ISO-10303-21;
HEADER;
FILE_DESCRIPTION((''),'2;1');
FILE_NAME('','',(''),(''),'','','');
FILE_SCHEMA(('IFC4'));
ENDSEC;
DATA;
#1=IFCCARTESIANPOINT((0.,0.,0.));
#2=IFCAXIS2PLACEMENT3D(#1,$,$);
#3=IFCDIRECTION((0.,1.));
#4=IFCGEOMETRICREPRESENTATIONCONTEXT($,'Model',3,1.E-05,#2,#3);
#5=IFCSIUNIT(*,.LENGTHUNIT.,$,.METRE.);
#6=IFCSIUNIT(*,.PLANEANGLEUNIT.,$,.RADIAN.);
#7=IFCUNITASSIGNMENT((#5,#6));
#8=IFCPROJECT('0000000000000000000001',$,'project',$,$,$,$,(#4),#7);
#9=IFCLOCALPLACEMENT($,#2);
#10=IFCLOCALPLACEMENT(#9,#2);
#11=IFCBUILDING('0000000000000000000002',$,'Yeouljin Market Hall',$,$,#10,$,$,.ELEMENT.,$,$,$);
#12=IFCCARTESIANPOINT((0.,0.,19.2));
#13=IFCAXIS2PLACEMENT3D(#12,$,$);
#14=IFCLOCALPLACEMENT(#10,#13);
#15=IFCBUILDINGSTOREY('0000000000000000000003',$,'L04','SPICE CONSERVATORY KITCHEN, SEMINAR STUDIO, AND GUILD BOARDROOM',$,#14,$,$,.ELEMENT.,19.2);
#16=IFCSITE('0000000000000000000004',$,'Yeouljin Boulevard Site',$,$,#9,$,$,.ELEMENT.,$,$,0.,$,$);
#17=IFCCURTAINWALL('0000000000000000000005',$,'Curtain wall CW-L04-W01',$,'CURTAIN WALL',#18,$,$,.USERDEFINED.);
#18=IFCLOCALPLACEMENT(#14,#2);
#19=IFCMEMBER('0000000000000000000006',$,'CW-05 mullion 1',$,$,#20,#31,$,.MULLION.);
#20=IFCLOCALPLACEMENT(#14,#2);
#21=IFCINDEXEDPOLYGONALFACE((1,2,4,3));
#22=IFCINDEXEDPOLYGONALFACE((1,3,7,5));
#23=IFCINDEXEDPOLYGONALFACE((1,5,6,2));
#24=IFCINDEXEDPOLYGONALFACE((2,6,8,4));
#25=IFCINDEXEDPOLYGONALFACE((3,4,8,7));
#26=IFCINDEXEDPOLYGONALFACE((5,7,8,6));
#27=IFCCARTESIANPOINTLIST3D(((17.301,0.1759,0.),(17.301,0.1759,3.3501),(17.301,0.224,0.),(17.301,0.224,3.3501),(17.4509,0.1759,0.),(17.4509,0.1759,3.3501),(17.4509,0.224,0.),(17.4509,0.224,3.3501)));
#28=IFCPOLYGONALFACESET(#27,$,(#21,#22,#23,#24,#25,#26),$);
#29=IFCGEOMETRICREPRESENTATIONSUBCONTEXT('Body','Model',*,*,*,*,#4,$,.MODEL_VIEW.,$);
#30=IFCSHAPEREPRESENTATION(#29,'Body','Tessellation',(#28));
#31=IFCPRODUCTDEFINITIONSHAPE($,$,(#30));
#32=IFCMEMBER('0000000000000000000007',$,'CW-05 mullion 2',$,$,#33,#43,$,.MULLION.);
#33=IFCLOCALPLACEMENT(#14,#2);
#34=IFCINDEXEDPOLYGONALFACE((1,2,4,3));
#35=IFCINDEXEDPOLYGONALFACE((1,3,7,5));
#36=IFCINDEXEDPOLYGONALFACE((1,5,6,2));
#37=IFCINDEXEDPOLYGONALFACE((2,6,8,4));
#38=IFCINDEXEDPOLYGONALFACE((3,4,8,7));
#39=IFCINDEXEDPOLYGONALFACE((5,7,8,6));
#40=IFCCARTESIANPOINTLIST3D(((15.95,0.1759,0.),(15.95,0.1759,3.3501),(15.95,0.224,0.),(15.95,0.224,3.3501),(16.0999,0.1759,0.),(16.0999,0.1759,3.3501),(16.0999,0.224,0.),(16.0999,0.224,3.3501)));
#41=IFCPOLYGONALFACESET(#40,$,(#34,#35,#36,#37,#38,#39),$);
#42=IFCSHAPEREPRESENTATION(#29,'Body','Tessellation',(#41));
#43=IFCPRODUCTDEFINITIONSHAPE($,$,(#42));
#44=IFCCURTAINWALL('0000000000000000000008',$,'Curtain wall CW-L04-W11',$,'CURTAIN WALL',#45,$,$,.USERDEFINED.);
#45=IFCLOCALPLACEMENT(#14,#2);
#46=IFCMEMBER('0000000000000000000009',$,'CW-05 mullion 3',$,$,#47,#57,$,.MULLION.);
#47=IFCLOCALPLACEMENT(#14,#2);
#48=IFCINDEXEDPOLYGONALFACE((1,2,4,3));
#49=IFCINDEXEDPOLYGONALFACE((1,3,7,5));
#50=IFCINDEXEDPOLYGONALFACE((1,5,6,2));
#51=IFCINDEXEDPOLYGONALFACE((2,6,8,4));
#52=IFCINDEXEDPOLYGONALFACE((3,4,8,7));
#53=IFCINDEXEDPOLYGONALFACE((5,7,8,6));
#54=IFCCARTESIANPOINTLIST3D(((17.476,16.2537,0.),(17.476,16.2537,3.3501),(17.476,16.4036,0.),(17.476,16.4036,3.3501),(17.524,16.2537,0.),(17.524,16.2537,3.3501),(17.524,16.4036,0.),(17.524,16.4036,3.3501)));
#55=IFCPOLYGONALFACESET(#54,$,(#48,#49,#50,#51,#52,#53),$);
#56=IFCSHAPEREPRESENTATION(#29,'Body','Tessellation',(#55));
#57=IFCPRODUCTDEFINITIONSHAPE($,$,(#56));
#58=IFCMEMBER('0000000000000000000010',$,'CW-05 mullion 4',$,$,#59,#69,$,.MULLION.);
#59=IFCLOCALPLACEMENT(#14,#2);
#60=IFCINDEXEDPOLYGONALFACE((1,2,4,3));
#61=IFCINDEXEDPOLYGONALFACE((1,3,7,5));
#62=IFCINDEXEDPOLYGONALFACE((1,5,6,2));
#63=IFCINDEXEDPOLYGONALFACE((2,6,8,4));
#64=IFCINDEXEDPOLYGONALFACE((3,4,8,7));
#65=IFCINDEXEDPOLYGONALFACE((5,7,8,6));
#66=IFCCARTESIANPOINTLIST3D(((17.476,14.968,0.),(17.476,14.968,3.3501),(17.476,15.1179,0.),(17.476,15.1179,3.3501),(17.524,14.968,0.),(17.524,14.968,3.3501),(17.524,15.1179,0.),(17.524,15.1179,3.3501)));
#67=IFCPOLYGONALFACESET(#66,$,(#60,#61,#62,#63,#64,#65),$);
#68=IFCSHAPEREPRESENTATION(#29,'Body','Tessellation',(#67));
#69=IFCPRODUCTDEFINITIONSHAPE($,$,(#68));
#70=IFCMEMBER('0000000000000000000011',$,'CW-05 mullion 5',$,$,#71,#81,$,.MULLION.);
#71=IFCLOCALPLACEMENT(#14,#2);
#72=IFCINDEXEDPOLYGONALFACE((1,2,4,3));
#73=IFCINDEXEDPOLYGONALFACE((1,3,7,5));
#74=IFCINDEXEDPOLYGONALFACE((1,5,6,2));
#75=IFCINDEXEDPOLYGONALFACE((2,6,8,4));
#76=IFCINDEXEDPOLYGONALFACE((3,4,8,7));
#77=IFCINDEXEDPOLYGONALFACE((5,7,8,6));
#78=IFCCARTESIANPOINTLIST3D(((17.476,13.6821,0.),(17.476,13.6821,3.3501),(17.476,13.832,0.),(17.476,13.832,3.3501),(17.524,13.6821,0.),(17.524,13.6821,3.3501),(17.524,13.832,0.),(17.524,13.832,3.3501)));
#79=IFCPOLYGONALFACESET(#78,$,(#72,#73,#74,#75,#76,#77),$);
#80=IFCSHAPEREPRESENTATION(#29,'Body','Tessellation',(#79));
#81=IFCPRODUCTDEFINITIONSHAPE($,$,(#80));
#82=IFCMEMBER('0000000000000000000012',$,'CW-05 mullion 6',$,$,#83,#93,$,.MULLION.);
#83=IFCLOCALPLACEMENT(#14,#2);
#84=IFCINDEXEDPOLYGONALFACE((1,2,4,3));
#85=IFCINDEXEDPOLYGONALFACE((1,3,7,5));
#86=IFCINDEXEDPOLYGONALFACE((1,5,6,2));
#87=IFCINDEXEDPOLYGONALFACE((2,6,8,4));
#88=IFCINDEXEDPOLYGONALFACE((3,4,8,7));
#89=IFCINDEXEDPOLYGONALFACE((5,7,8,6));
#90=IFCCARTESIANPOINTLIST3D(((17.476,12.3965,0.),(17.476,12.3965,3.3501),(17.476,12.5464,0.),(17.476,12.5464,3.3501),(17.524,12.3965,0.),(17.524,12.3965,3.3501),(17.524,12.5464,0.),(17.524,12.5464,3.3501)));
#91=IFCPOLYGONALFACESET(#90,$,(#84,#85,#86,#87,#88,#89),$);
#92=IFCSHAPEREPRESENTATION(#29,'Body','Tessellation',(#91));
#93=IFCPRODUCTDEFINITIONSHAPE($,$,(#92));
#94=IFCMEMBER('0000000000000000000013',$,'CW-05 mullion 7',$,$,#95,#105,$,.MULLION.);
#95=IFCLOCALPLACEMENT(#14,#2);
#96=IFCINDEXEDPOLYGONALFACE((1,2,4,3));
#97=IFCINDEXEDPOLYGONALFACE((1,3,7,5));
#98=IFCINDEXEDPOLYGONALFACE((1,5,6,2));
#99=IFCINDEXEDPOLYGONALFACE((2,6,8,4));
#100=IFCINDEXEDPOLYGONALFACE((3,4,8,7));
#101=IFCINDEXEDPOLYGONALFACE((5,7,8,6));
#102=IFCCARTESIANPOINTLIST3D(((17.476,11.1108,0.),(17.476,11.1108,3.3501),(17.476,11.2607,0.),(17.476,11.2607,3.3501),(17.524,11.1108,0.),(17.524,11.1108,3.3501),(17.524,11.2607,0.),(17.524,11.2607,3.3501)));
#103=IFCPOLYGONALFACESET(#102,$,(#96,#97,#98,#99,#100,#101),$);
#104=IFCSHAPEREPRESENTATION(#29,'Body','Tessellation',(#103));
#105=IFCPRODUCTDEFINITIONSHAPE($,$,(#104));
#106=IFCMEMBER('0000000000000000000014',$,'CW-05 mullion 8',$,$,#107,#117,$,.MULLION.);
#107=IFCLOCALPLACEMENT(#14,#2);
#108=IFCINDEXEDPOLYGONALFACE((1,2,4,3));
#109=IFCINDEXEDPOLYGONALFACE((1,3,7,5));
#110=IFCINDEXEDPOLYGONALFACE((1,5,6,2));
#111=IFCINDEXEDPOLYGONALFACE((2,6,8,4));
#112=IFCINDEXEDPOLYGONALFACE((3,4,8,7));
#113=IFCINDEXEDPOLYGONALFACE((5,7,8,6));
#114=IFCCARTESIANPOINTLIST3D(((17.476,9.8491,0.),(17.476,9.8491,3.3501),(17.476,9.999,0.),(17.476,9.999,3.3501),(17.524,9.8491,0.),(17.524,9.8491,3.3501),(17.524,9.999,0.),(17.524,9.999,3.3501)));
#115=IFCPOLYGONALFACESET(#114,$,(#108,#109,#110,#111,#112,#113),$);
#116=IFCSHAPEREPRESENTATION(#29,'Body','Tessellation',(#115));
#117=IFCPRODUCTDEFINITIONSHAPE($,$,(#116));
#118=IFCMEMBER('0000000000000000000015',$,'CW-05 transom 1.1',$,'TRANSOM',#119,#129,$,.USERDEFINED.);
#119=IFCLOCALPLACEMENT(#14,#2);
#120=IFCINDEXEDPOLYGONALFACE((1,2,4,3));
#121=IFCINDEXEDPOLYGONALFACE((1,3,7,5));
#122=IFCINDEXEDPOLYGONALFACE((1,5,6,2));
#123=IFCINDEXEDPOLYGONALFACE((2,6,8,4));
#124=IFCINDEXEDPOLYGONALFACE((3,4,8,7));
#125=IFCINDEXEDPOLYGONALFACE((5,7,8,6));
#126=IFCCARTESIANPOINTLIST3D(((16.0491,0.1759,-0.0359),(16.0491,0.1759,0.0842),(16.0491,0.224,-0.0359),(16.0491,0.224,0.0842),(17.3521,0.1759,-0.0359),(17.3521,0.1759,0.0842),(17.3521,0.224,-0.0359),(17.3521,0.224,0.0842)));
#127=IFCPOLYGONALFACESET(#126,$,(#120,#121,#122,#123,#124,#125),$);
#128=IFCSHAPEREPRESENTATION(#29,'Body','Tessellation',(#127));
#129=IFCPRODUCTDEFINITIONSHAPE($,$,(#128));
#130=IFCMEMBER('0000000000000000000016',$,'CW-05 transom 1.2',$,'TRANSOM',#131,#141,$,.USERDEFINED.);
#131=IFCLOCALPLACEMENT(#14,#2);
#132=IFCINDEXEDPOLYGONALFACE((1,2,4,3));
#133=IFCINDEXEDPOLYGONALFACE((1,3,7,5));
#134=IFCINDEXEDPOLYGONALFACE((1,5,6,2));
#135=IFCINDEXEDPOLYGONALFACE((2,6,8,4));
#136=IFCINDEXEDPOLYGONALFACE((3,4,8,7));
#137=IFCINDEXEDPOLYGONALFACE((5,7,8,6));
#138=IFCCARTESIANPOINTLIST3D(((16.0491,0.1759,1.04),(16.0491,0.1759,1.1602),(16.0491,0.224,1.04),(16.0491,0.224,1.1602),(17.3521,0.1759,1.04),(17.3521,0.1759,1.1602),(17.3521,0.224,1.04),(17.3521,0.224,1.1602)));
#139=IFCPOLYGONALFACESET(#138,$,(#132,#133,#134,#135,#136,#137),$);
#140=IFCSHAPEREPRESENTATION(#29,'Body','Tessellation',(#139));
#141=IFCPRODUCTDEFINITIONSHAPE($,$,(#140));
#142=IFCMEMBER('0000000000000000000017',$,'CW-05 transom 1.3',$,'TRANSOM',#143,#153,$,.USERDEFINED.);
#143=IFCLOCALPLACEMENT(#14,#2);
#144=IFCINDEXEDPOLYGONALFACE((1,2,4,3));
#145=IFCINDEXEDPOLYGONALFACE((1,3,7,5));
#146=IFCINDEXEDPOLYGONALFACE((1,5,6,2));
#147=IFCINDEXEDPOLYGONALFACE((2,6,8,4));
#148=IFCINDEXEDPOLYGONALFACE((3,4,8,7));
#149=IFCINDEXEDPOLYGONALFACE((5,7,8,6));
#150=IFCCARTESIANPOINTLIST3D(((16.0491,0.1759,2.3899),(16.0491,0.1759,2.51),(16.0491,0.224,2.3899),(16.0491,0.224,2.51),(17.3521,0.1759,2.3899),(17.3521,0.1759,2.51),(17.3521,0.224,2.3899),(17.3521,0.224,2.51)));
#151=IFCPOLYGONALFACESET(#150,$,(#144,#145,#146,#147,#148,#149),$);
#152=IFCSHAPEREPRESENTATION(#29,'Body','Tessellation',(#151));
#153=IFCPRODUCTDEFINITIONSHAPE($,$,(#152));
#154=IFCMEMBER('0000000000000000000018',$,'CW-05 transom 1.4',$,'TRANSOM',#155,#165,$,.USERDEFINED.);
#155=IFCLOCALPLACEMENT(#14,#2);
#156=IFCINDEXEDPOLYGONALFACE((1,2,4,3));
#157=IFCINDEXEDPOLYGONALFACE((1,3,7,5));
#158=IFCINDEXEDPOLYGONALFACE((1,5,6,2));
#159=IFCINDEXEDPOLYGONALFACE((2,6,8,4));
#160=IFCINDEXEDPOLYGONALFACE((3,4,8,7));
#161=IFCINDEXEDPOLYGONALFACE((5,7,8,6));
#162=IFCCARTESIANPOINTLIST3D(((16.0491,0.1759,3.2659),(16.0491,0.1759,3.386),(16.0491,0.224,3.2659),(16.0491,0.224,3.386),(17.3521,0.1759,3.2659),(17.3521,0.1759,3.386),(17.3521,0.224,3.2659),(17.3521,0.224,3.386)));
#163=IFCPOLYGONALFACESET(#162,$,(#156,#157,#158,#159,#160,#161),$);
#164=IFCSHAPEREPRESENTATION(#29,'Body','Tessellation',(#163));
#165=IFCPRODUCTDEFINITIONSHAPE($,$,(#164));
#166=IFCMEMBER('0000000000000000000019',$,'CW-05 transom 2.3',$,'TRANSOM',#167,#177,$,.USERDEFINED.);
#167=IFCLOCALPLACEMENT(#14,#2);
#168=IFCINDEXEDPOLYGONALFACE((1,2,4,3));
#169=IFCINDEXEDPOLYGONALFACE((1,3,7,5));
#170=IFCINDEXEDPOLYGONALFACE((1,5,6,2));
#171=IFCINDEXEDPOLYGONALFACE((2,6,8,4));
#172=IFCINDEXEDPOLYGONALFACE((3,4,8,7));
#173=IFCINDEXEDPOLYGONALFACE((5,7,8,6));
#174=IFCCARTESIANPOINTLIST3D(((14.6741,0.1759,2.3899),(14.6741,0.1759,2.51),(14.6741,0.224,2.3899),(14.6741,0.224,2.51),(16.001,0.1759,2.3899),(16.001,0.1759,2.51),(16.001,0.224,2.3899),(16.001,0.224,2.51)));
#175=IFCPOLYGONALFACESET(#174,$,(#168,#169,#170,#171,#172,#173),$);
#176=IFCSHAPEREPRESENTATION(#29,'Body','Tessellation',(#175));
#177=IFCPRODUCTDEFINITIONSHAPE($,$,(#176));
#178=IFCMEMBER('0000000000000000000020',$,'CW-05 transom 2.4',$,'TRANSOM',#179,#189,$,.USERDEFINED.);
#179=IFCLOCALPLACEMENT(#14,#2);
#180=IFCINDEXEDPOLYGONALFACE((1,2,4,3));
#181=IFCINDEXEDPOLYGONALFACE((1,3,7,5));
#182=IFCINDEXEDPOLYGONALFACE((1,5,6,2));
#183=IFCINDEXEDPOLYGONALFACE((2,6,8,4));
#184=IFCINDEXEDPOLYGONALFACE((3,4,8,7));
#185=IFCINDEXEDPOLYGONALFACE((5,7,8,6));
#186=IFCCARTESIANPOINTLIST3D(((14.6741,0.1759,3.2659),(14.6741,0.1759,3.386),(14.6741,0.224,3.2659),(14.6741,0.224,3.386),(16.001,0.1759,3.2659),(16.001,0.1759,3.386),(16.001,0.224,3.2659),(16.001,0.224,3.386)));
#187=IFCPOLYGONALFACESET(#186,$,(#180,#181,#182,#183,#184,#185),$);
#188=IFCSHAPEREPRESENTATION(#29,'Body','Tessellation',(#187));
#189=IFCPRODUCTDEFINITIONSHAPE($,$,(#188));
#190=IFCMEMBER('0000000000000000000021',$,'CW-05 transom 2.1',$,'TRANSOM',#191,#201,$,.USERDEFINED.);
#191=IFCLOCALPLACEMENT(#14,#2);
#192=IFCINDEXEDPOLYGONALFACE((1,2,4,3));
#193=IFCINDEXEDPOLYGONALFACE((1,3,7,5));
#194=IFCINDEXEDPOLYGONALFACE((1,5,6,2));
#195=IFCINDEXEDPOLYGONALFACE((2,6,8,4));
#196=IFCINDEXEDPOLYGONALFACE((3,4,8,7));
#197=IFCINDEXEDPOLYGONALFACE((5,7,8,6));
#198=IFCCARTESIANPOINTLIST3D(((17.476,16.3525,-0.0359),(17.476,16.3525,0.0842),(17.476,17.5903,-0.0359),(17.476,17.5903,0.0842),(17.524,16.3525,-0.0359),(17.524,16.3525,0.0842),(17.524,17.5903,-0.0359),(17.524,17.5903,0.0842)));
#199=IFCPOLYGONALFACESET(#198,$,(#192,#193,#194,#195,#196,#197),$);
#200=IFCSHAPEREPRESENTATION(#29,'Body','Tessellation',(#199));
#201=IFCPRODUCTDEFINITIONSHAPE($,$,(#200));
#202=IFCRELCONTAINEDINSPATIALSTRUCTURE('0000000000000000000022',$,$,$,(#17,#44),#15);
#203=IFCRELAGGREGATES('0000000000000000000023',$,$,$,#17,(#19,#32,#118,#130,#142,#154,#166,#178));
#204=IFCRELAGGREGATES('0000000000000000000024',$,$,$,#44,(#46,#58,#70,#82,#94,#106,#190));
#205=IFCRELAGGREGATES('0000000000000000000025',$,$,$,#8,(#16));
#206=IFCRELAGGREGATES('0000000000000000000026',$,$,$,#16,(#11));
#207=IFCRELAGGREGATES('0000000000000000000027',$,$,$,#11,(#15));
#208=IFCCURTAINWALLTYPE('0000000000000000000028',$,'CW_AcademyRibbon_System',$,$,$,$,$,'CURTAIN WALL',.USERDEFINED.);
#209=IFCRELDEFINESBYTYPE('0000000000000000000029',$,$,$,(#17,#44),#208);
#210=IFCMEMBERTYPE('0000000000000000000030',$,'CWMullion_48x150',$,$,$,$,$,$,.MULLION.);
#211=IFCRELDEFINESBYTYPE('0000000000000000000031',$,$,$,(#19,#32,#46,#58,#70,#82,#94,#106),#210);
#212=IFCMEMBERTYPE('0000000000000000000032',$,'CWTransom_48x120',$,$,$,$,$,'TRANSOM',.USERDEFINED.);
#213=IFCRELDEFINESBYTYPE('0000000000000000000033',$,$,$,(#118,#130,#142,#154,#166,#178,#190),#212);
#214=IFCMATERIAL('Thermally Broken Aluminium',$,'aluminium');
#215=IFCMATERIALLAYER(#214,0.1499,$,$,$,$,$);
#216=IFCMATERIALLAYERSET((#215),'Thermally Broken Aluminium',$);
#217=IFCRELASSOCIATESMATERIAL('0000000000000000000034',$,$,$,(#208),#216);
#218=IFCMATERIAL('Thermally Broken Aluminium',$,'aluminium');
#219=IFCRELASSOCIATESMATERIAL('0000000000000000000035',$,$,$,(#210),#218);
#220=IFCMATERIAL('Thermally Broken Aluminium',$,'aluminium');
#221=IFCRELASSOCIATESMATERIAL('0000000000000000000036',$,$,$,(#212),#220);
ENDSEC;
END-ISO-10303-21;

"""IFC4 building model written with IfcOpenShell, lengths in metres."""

from ifc_helpers import new_model, si_unit, direction, frame, origin, origin_2d, place, context, subcontext, project, spatial, rectangle, extrude, material, layer, layer_set, material_profile, profile_set, type_object, element, aggregate, save


model = new_model("IFC4")

# Units and contexts
model_context = context("Model", 3, precision=1e-05, world=origin(), true_north=direction((0.0, 1.0)))
body_context = subcontext(model_context, "Body", "Model", "MODEL_VIEW")
ifc_project = project(units=[si_unit("LENGTHUNIT", "METRE"), si_unit("PLANEANGLEUNIT", "RADIAN")], contexts=[model_context])

# Site, building, storey
site_placement = place(None, origin())
site = spatial("IfcSite", under=ifc_project, at=site_placement, Name="Yeouljin Boulevard Site", CompositionType="ELEMENT", RefElevation=0.0)
building_placement = place(site_placement, origin())
building = spatial("IfcBuilding", under=site, at=building_placement, Name="Yeouljin Market Hall", CompositionType="ELEMENT")
storey_placement = place(building_placement, frame((0.0, 0.0, 19.2)))
storey = spatial("IfcBuildingStorey", under=building, at=storey_placement, Name="L04", Description="SPICE CONSERVATORY KITCHEN, SEMINAR STUDIO, AND GUILD BOARDROOM", CompositionType="ELEMENT", Elevation=19.2)

# Curtain walls, members
ifc_material_1 = material(Name="Thermally Broken Aluminium", Category="aluminium")
ifc_layer_1 = layer(ifc_material_1, 0.1499)
ifc_layer_set_1 = layer_set([ifc_layer_1], Name="Thermally Broken Aluminium")
curtain_wall_type = type_object("IfcCurtainWallType", Name="CW_AcademyRibbon_System", ElementType="CURTAIN WALL", PredefinedType="USERDEFINED", material=ifc_layer_set_1)
curtain_wall_1_placement = place(storey_placement, origin())
curtain_wall_1 = element("IfcCurtainWall", 1, at=curtain_wall_1_placement, inside=storey, type_object=curtain_wall_type, Name="Curtain wall CW-L04-W01", ObjectType="CURTAIN WALL", PredefinedType="USERDEFINED")
ifc_material_2 = material(Name="Thermally Broken Aluminium", Category="aluminium")
ifc_material_profile_1 = material_profile(ifc_material_2, rectangle(XDim=0.0481, YDim=0.1499, at=origin_2d()), Name="CW-MULL-48x150")
ifc_profile_set_1 = profile_set([ifc_material_profile_1], Name="Thermally Broken Aluminium")
member_type_1 = type_object("IfcMemberType", Name="CWMullion_48x150", PredefinedType="MULLION", material=ifc_profile_set_1)
member_1_placement = place(storey_placement, frame((17.376, 0.2, 0.0), z_axis=(0.0, 0.0, 1.0), x_axis=(0.0, -1.0, 0.0)))
member_1 = element("IfcMember", 2, at=member_1_placement, type_object=member_type_1, Name="CW-05 mullion 1", PredefinedType="MULLION", context=body_context, shape_type="SweptSolid", body=[
    extrude(rectangle(XDim=0.0481, YDim=0.1499, at=origin_2d()), origin(), (0.0, 0.0, 1.0), 3.3501),
])
member_2_placement = place(storey_placement, frame((16.0249, 0.2, 0.0), z_axis=(0.0, 0.0, 1.0), x_axis=(0.0, -1.0, 0.0)))
member_2 = element("IfcMember", 3, at=member_2_placement, type_object=member_type_1, Name="CW-05 mullion 2", PredefinedType="MULLION", context=body_context, shape_type="SweptSolid", body=[
    extrude(rectangle(XDim=0.0481, YDim=0.1499, at=origin_2d()), origin(), (0.0, 0.0, 1.0), 3.3501),
])
curtain_wall_2_placement = place(storey_placement, origin())
curtain_wall_2 = element("IfcCurtainWall", 4, at=curtain_wall_2_placement, inside=storey, type_object=curtain_wall_type, Name="Curtain wall CW-L04-W11", ObjectType="CURTAIN WALL", PredefinedType="USERDEFINED")
member_3_placement = place(storey_placement, frame((17.5, 16.3286, 0.0), z_axis=(0.0, 0.0, 1.0), x_axis=(1.0, 0.0, 0.0)))
member_3 = element("IfcMember", 5, at=member_3_placement, type_object=member_type_1, Name="CW-05 mullion 3", PredefinedType="MULLION", context=body_context, shape_type="SweptSolid", body=[
    extrude(rectangle(XDim=0.0481, YDim=0.1499, at=origin_2d()), origin(), (0.0, 0.0, 1.0), 3.3501),
])
member_4_placement = place(storey_placement, frame((17.5, 15.043, 0.0), z_axis=(0.0, 0.0, 1.0), x_axis=(1.0, 0.0, 0.0)))
member_4 = element("IfcMember", 6, at=member_4_placement, type_object=member_type_1, Name="CW-05 mullion 4", PredefinedType="MULLION", context=body_context, shape_type="SweptSolid", body=[
    extrude(rectangle(XDim=0.0481, YDim=0.1499, at=origin_2d()), origin(), (0.0, 0.0, 1.0), 3.3501),
])
member_5_placement = place(storey_placement, frame((17.5, 13.7571, 0.0), z_axis=(0.0, 0.0, 1.0), x_axis=(1.0, 0.0, 0.0)))
member_5 = element("IfcMember", 7, at=member_5_placement, type_object=member_type_1, Name="CW-05 mullion 5", PredefinedType="MULLION", context=body_context, shape_type="SweptSolid", body=[
    extrude(rectangle(XDim=0.0481, YDim=0.1499, at=origin_2d()), origin(), (0.0, 0.0, 1.0), 3.3501),
])
member_6_placement = place(storey_placement, frame((17.5, 12.4714, 0.0), z_axis=(0.0, 0.0, 1.0), x_axis=(1.0, 0.0, 0.0)))
member_6 = element("IfcMember", 8, at=member_6_placement, type_object=member_type_1, Name="CW-05 mullion 6", PredefinedType="MULLION", context=body_context, shape_type="SweptSolid", body=[
    extrude(rectangle(XDim=0.0481, YDim=0.1499, at=origin_2d()), origin(), (0.0, 0.0, 1.0), 3.3501),
])
member_7_placement = place(storey_placement, frame((17.5, 11.1858, 0.0), z_axis=(0.0, 0.0, 1.0), x_axis=(1.0, 0.0, 0.0)))
member_7 = element("IfcMember", 9, at=member_7_placement, type_object=member_type_1, Name="CW-05 mullion 7", PredefinedType="MULLION", context=body_context, shape_type="SweptSolid", body=[
    extrude(rectangle(XDim=0.0481, YDim=0.1499, at=origin_2d()), origin(), (0.0, 0.0, 1.0), 3.3501),
])
member_8_placement = place(storey_placement, frame((17.5, 9.9241, 0.0), z_axis=(0.0, 0.0, 1.0), x_axis=(1.0, 0.0, 0.0)))
member_8 = element("IfcMember", 10, at=member_8_placement, type_object=member_type_1, Name="CW-05 mullion 8", PredefinedType="MULLION", context=body_context, shape_type="SweptSolid", body=[
    extrude(rectangle(XDim=0.0481, YDim=0.1499, at=origin_2d()), origin(), (0.0, 0.0, 1.0), 3.3501),
])

# Members
ifc_material_3 = material(Name="Thermally Broken Aluminium", Category="aluminium")
ifc_material_profile_2 = material_profile(ifc_material_3, rectangle(XDim=0.0481, YDim=0.1201, at=origin_2d()), Name="CW-TRAN-48x120")
ifc_profile_set_2 = profile_set([ifc_material_profile_2], Name="Thermally Broken Aluminium")
member_type_2 = type_object("IfcMemberType", Name="CWTransom_48x120", ElementType="TRANSOM", PredefinedType="USERDEFINED", material=ifc_profile_set_2)
member_9_placement = place(storey_placement, frame((17.3521, 0.2, 0.0242), z_axis=(-1.0, 0.0, 0.0), x_axis=(0.0, -1.0, 0.0)))
member_9 = element("IfcMember", 11, at=member_9_placement, type_object=member_type_2, Name="CW-05 transom 1.1", ObjectType="TRANSOM", PredefinedType="USERDEFINED", context=body_context, shape_type="SweptSolid", body=[
    extrude(rectangle(XDim=0.0481, YDim=0.1201, at=origin_2d()), origin(), (0.0, 0.0, 1.0), 1.303),
])
member_10_placement = place(storey_placement, frame((17.3521, 0.2, 1.1001), z_axis=(-1.0, 0.0, 0.0), x_axis=(0.0, -1.0, 0.0)))
member_10 = element("IfcMember", 12, at=member_10_placement, type_object=member_type_2, Name="CW-05 transom 1.2", ObjectType="TRANSOM", PredefinedType="USERDEFINED", context=body_context, shape_type="SweptSolid", body=[
    extrude(rectangle(XDim=0.0481, YDim=0.1201, at=origin_2d()), origin(), (0.0, 0.0, 1.0), 1.303),
])
member_11_placement = place(storey_placement, frame((17.3521, 0.2, 2.45), z_axis=(-1.0, 0.0, 0.0), x_axis=(0.0, -1.0, 0.0)))
member_11 = element("IfcMember", 13, at=member_11_placement, type_object=member_type_2, Name="CW-05 transom 1.3", ObjectType="TRANSOM", PredefinedType="USERDEFINED", context=body_context, shape_type="SweptSolid", body=[
    extrude(rectangle(XDim=0.0481, YDim=0.1201, at=origin_2d()), origin(), (0.0, 0.0, 1.0), 1.303),
])
member_12_placement = place(storey_placement, frame((17.3521, 0.2, 3.3259), z_axis=(-1.0, 0.0, 0.0), x_axis=(0.0, -1.0, 0.0)))
member_12 = element("IfcMember", 14, at=member_12_placement, type_object=member_type_2, Name="CW-05 transom 1.4", ObjectType="TRANSOM", PredefinedType="USERDEFINED", context=body_context, shape_type="SweptSolid", body=[
    extrude(rectangle(XDim=0.0481, YDim=0.1201, at=origin_2d()), origin(), (0.0, 0.0, 1.0), 1.303),
])
member_13_placement = place(storey_placement, frame((16.001, 0.2, 2.45), z_axis=(-1.0, 0.0, 0.0), x_axis=(0.0, -1.0, 0.0)))
member_13 = element("IfcMember", 15, at=member_13_placement, type_object=member_type_2, Name="CW-05 transom 2.3", ObjectType="TRANSOM", PredefinedType="USERDEFINED", context=body_context, shape_type="SweptSolid", body=[
    extrude(rectangle(XDim=0.0481, YDim=0.1201, at=origin_2d()), origin(), (0.0, 0.0, 1.0), 1.3269),
])
member_14_placement = place(storey_placement, frame((16.001, 0.2, 3.3259), z_axis=(-1.0, 0.0, 0.0), x_axis=(0.0, -1.0, 0.0)))
member_14 = element("IfcMember", 16, at=member_14_placement, type_object=member_type_2, Name="CW-05 transom 2.4", ObjectType="TRANSOM", PredefinedType="USERDEFINED", context=body_context, shape_type="SweptSolid", body=[
    extrude(rectangle(XDim=0.0481, YDim=0.1201, at=origin_2d()), origin(), (0.0, 0.0, 1.0), 1.3269),
])
member_15_placement = place(storey_placement, frame((17.5, 17.5903, 0.0242), z_axis=(0.0, -1.0, 0.0), x_axis=(1.0, 0.0, 0.0)))
member_15 = element("IfcMember", 17, at=member_15_placement, type_object=member_type_2, Name="CW-05 transom 2.1", ObjectType="TRANSOM", PredefinedType="USERDEFINED", context=body_context, shape_type="SweptSolid", body=[
    extrude(rectangle(XDim=0.0481, YDim=0.1201, at=origin_2d()), origin(), (0.0, 0.0, 1.0), 1.2378),
])

aggregate(curtain_wall_1, [member_1, member_2, member_9, member_10, member_11, member_12, member_13, member_14])
aggregate(curtain_wall_2, [member_3, member_4, member_5, member_6, member_7, member_8, member_15])

save(model, "model.ifc")
